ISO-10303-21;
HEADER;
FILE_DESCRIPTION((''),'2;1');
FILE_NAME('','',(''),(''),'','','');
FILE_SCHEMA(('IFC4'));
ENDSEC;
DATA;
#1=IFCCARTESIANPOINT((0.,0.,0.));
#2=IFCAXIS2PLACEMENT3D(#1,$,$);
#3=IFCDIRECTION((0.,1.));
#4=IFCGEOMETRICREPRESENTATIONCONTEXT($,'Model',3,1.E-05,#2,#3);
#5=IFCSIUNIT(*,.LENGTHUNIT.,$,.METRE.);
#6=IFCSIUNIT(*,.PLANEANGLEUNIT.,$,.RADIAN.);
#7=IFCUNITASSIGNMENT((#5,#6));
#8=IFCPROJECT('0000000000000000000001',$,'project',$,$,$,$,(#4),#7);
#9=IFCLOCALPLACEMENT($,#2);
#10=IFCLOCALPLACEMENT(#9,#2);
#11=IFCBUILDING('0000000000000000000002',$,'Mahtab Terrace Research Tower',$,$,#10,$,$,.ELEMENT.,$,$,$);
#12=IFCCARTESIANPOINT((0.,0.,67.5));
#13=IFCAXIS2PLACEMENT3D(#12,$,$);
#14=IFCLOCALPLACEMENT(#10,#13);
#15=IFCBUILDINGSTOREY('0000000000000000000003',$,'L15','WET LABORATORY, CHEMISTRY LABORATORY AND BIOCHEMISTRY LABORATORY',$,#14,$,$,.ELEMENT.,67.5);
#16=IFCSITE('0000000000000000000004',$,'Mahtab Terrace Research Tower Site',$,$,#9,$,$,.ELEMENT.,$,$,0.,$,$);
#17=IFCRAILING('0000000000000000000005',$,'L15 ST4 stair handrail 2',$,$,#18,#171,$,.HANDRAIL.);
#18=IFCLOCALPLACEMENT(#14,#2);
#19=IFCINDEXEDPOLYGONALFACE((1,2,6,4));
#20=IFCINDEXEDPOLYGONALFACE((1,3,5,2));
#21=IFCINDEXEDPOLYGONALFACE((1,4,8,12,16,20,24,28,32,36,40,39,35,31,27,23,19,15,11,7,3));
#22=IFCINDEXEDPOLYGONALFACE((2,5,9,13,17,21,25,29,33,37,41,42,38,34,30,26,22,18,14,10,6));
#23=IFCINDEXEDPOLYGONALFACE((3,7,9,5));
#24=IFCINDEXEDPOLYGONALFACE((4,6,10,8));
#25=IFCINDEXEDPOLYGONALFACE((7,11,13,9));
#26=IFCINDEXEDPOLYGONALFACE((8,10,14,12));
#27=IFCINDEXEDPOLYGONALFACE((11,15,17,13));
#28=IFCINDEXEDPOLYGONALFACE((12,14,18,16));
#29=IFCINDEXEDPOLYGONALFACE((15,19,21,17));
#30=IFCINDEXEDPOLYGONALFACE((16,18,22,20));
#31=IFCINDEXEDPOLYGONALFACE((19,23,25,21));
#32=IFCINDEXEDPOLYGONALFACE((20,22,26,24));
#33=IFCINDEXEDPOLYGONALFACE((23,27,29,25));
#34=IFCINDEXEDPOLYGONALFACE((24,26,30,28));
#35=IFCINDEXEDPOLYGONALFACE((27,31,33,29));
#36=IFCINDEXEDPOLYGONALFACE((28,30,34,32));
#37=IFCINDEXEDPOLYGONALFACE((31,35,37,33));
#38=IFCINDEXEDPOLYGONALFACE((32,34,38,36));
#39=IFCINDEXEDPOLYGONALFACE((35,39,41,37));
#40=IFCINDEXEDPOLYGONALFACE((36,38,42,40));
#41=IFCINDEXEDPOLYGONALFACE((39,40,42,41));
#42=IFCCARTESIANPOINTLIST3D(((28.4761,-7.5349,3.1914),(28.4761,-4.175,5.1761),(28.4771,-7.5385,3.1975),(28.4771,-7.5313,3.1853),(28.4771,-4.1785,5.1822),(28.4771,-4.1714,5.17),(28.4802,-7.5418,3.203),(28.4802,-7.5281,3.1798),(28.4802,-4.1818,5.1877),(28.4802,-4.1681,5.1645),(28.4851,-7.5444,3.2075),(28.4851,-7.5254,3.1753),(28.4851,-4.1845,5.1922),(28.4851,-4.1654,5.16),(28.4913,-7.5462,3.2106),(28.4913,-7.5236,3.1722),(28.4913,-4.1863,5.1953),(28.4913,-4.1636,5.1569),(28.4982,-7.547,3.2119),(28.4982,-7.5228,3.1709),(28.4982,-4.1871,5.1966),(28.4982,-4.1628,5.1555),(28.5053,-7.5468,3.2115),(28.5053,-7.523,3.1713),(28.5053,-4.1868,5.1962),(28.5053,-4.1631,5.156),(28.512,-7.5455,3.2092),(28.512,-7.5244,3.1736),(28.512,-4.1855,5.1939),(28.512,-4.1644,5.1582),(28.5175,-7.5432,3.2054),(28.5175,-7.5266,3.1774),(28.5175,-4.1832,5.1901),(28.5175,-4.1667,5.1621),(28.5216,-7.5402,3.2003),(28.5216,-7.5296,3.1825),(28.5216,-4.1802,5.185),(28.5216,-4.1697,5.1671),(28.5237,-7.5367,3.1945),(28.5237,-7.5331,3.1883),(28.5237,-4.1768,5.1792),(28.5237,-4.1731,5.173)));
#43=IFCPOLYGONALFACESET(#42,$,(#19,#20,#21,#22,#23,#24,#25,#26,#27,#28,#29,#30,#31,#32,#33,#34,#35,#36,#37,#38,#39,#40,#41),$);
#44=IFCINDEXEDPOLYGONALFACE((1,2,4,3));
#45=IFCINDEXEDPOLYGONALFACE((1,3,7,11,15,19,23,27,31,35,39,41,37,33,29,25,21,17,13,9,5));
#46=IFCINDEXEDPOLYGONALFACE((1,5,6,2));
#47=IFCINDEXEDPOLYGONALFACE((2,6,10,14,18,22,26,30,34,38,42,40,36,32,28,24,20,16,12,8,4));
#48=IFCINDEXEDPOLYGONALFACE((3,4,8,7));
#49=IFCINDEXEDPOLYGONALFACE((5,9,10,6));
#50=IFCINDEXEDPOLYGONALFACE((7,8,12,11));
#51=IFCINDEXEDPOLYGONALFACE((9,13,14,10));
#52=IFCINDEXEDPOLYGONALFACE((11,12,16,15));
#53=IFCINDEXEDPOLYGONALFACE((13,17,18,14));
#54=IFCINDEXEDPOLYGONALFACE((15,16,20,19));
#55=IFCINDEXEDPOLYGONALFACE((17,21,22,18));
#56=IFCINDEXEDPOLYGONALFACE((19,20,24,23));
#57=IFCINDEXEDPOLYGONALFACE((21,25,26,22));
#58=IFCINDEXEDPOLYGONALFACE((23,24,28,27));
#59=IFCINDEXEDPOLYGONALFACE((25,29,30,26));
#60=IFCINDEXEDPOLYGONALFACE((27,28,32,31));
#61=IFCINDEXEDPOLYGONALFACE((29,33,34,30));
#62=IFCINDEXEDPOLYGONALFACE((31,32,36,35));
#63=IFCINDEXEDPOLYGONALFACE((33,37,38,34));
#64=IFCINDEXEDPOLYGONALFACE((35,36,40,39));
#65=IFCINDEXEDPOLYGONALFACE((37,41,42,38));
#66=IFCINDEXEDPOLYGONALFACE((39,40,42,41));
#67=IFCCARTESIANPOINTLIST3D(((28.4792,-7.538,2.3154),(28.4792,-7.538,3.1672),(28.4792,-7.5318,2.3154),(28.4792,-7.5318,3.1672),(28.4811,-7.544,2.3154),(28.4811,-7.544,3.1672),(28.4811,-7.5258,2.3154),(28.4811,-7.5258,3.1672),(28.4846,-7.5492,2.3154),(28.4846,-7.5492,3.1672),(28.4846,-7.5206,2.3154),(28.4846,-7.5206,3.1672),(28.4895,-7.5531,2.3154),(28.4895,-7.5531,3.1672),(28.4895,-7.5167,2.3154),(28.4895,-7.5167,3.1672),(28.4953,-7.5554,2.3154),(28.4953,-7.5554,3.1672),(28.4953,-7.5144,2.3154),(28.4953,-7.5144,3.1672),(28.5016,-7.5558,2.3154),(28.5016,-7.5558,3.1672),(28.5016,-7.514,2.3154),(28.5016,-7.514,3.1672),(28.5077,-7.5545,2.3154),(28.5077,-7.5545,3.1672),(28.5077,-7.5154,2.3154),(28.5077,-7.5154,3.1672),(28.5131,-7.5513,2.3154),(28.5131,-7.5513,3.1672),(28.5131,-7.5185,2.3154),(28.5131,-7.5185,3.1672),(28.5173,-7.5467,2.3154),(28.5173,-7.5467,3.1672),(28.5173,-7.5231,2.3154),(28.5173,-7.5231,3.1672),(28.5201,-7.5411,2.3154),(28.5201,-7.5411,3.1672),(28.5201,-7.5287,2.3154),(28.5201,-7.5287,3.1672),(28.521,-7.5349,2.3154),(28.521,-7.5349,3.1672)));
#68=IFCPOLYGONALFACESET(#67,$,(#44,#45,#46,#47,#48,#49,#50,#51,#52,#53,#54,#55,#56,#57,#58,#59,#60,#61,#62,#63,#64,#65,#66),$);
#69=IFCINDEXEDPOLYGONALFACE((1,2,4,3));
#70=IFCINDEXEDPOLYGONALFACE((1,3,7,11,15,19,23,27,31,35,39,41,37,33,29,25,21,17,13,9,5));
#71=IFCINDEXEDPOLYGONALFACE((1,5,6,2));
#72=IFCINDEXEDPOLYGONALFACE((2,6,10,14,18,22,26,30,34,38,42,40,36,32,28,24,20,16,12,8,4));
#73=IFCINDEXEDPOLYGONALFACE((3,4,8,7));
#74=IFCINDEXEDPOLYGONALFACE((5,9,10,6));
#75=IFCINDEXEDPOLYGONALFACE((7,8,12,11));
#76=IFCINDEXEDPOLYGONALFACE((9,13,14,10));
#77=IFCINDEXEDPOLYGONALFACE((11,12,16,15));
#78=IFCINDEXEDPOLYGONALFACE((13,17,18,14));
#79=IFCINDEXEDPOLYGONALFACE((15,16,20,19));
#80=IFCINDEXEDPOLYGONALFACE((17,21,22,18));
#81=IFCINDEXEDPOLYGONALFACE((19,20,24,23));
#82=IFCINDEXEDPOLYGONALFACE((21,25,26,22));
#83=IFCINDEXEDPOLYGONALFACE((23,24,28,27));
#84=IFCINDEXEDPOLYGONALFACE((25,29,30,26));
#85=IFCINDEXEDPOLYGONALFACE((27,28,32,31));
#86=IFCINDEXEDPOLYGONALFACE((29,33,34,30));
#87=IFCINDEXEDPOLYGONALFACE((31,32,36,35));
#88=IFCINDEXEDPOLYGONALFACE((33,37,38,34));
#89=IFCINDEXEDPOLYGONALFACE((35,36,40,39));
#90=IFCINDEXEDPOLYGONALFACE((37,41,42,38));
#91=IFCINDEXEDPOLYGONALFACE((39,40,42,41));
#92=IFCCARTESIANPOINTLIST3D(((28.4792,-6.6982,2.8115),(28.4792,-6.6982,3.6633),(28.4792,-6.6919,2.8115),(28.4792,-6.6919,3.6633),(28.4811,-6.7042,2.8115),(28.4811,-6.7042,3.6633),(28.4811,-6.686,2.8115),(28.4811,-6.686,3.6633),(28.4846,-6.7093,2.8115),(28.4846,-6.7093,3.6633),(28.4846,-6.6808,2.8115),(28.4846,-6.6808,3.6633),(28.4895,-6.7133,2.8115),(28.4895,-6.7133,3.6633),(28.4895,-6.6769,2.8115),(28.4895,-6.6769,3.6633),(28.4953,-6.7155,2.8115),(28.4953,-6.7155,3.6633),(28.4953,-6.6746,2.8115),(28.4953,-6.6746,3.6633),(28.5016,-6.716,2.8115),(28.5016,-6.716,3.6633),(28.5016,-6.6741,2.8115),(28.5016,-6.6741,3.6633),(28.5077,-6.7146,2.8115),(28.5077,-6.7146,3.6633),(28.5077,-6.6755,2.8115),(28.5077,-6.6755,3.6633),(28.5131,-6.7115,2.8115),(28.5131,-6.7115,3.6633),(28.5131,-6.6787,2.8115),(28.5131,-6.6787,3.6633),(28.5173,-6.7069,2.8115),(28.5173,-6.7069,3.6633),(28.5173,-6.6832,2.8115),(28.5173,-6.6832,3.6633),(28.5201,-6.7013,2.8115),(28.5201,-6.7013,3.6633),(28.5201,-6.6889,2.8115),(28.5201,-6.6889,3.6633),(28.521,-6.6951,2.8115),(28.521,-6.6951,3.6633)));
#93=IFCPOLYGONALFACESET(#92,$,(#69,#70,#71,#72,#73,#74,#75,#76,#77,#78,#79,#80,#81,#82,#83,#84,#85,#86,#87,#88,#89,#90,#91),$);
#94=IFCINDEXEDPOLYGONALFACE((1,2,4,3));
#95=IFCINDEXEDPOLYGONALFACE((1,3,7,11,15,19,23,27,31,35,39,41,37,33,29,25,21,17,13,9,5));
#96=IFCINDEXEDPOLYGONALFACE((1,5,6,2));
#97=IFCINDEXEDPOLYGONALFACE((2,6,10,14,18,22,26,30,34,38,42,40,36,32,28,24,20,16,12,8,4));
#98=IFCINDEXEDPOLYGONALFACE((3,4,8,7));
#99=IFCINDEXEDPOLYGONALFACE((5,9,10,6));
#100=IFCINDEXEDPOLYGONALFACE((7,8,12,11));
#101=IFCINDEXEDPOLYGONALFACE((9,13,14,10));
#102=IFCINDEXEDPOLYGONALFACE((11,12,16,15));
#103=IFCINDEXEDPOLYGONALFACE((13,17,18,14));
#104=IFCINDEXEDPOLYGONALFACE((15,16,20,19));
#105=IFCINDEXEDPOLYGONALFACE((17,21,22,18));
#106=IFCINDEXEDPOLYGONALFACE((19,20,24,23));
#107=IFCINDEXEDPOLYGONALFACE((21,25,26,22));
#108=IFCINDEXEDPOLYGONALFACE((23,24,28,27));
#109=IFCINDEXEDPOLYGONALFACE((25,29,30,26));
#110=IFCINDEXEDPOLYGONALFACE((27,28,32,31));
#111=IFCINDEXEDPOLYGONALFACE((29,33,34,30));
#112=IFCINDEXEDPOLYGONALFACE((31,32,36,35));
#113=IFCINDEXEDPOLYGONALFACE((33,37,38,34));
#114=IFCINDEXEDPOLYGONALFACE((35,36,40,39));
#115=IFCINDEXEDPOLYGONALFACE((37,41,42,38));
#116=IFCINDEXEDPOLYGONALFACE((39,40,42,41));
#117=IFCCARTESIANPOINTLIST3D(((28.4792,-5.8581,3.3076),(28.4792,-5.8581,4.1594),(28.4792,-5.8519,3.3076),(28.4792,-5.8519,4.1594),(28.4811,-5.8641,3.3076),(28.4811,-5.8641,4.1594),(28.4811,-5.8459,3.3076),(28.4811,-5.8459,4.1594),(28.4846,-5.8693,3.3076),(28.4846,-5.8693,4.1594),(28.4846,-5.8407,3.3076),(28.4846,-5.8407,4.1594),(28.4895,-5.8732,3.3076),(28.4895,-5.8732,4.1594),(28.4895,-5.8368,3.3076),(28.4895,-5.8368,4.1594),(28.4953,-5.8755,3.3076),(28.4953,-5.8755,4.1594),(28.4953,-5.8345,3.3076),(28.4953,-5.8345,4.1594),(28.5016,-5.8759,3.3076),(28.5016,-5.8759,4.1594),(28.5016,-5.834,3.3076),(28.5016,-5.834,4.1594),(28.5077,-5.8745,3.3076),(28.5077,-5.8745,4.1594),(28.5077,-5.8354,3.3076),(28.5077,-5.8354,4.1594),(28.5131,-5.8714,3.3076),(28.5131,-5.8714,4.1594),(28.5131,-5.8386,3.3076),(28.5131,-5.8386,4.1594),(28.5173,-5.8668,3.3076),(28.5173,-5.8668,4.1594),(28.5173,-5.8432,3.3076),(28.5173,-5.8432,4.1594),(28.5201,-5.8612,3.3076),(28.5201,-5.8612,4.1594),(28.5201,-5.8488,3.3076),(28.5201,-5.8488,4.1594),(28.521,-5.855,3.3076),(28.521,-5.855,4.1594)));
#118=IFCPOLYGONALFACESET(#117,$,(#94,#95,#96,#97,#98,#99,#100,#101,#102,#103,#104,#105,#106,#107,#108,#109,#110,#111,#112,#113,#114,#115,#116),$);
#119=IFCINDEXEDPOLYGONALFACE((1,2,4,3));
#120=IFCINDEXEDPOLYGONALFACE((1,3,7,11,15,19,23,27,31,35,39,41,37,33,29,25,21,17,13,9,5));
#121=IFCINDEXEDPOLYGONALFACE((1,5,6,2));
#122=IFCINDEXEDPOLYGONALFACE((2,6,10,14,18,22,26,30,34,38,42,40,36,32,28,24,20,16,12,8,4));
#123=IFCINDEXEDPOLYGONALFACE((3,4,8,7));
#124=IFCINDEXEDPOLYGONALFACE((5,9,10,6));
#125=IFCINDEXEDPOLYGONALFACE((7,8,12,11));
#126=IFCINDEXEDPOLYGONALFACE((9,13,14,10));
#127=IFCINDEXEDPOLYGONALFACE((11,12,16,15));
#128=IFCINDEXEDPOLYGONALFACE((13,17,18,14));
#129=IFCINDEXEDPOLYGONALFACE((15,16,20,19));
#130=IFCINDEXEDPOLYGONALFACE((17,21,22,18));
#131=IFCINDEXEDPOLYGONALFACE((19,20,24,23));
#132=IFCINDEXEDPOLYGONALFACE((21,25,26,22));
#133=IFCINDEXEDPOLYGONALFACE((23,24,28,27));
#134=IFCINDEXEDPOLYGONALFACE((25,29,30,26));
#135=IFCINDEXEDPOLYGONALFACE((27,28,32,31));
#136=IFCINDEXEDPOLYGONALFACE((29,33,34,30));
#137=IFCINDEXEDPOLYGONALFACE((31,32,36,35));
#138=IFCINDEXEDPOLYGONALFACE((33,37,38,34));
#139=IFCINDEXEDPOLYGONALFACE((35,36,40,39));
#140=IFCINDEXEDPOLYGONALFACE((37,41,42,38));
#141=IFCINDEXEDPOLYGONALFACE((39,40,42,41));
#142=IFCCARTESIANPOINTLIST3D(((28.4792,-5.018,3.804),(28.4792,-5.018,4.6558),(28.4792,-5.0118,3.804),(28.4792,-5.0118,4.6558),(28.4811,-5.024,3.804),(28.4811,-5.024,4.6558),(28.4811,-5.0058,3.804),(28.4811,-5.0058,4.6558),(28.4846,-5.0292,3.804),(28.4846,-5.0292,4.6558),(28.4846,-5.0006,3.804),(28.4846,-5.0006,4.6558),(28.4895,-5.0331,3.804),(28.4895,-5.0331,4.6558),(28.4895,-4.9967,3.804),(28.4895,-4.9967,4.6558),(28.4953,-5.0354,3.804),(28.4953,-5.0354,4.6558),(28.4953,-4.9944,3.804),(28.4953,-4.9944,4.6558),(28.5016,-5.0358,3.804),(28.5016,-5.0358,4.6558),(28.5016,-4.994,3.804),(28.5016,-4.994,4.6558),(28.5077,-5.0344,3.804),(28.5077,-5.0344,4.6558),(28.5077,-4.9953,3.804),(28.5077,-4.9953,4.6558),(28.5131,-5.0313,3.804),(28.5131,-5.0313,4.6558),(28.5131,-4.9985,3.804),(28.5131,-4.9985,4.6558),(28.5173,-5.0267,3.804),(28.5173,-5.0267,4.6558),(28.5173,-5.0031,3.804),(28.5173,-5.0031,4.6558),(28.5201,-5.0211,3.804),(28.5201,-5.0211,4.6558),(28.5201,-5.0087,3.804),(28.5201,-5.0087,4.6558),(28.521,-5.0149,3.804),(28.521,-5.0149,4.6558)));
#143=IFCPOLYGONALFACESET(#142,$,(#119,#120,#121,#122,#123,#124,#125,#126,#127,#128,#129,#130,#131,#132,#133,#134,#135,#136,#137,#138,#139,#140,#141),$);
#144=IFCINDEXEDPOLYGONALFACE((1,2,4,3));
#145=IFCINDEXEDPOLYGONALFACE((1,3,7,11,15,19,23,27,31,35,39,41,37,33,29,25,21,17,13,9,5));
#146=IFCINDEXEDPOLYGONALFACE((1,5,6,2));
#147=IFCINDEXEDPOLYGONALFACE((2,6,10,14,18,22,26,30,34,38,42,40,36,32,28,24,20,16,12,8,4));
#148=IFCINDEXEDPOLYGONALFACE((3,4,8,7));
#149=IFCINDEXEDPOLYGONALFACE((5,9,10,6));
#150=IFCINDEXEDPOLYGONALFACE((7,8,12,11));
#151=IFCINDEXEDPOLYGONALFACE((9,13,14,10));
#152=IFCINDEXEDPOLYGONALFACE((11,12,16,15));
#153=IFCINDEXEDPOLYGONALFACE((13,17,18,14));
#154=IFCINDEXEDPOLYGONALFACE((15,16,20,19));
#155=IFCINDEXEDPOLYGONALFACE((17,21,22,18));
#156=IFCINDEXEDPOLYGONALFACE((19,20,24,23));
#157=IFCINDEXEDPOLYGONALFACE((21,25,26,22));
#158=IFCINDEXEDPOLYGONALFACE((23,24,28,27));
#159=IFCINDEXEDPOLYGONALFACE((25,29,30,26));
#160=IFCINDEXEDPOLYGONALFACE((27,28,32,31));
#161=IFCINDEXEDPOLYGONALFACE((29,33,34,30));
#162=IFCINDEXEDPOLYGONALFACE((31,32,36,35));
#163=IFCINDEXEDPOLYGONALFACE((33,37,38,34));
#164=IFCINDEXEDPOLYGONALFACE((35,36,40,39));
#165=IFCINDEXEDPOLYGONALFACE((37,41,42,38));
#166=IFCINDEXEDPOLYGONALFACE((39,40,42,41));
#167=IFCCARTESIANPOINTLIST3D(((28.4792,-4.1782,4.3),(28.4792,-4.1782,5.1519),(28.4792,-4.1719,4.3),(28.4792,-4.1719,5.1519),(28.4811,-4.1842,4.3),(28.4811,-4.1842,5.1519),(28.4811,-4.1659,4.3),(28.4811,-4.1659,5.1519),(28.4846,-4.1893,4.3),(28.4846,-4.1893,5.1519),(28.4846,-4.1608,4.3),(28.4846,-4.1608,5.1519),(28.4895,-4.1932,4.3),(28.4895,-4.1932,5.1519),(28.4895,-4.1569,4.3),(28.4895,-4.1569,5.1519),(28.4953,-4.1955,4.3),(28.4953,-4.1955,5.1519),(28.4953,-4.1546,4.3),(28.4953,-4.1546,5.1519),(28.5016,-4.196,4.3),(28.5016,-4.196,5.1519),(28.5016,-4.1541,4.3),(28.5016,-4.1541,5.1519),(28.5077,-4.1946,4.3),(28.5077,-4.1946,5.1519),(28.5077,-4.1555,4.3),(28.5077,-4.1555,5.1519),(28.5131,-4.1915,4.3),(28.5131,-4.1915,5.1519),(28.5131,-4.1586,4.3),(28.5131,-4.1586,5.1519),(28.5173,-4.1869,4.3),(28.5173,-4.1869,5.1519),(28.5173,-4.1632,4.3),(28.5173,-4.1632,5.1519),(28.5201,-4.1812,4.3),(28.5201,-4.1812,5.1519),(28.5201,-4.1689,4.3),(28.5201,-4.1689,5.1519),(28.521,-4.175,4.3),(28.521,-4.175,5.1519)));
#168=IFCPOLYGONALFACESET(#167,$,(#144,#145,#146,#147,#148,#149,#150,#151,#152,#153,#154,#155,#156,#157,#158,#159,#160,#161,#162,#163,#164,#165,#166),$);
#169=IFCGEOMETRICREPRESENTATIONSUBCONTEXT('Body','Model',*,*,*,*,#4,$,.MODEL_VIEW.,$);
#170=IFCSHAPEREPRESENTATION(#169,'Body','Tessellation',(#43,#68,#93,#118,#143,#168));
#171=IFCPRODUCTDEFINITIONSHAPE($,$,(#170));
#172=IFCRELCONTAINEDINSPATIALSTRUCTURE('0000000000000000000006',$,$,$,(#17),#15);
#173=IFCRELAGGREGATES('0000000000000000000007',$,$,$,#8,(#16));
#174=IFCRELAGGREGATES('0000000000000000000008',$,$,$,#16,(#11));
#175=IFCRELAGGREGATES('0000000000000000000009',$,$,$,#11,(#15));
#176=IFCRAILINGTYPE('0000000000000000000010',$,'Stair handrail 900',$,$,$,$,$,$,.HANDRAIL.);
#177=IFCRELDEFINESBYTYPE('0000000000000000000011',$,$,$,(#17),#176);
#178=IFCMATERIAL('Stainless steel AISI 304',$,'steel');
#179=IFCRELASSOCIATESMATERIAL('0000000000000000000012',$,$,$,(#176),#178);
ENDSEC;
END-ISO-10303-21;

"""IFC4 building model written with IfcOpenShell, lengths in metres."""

from ifc_helpers import new_model, si_unit, direction, frame, origin, origin_2d, place, context, subcontext, project, spatial, circle, extrude, material, type_object, element, save


model = new_model("IFC4")

# Units and contexts
model_context = context("Model", 3, precision=1e-05, world=origin(), true_north=direction((0.0, 1.0)))
body_context = subcontext(model_context, "Body", "Model", "MODEL_VIEW")
ifc_project = project(units=[si_unit("LENGTHUNIT", "METRE"), si_unit("PLANEANGLEUNIT", "RADIAN")], contexts=[model_context])

# Site, building, storey
site_placement = place(None, origin())
site = spatial("IfcSite", under=ifc_project, at=site_placement, Name="Mahtab Terrace Research Tower Site", CompositionType="ELEMENT", RefElevation=0.0)
building_placement = place(site_placement, origin())
building = spatial("IfcBuilding", under=site, at=building_placement, Name="Mahtab Terrace Research Tower", CompositionType="ELEMENT")
storey_placement = place(building_placement, frame((0.0, 0.0, 67.5)))
storey = spatial("IfcBuildingStorey", under=building, at=storey_placement, Name="L15", Description="WET LABORATORY, CHEMISTRY LABORATORY AND BIOCHEMISTRY LABORATORY", CompositionType="ELEMENT", Elevation=67.5)

# Railing
ifc_material_1 = material(Name="Stainless steel AISI 304", Category="steel")
railing_type_1 = type_object("IfcRailingType", Name="Stair handrail 900", PredefinedType="HANDRAIL", material=ifc_material_1)
railing_1_placement = place(storey_placement, frame((28.5, -7.5349, 2.3154)))
element("IfcRailing", 1, at=railing_1_placement, inside=storey, type_object=railing_type_1, Name="L15 ST4 stair handrail 2", PredefinedType="HANDRAIL", context=body_context, shape_type="SweptSolid", body=[
    extrude(circle(Radius=0.0239, at=origin_2d()), frame((0.0, 0.0, 0.876), z_axis=(0.0, 0.861011, 0.508586), x_axis=(-1.0, 0.0, 0.0)), (0.0, 0.0, 1.0), 3.9023),
    extrude(circle(Radius=0.021, at=origin_2d()), origin(), (0.0, 0.0, 1.0), 0.8518),
    extrude(circle(Radius=0.021, at=origin_2d()), frame((0.0, 0.8398, 0.4961)), (0.0, 0.0, 1.0), 0.8518),
    extrude(circle(Radius=0.021, at=origin_2d()), frame((0.0, 1.6799, 0.9922)), (0.0, 0.0, 1.0), 0.8518),
    extrude(circle(Radius=0.021, at=origin_2d()), frame((0.0, 2.52, 1.4885)), (0.0, 0.0, 1.0), 0.8518),
    extrude(circle(Radius=0.021, at=origin_2d()), frame((0.0, 3.3599, 1.9846)), (0.0, 0.0, 1.0), 0.8518),
])

save(model, "model.ifc")
